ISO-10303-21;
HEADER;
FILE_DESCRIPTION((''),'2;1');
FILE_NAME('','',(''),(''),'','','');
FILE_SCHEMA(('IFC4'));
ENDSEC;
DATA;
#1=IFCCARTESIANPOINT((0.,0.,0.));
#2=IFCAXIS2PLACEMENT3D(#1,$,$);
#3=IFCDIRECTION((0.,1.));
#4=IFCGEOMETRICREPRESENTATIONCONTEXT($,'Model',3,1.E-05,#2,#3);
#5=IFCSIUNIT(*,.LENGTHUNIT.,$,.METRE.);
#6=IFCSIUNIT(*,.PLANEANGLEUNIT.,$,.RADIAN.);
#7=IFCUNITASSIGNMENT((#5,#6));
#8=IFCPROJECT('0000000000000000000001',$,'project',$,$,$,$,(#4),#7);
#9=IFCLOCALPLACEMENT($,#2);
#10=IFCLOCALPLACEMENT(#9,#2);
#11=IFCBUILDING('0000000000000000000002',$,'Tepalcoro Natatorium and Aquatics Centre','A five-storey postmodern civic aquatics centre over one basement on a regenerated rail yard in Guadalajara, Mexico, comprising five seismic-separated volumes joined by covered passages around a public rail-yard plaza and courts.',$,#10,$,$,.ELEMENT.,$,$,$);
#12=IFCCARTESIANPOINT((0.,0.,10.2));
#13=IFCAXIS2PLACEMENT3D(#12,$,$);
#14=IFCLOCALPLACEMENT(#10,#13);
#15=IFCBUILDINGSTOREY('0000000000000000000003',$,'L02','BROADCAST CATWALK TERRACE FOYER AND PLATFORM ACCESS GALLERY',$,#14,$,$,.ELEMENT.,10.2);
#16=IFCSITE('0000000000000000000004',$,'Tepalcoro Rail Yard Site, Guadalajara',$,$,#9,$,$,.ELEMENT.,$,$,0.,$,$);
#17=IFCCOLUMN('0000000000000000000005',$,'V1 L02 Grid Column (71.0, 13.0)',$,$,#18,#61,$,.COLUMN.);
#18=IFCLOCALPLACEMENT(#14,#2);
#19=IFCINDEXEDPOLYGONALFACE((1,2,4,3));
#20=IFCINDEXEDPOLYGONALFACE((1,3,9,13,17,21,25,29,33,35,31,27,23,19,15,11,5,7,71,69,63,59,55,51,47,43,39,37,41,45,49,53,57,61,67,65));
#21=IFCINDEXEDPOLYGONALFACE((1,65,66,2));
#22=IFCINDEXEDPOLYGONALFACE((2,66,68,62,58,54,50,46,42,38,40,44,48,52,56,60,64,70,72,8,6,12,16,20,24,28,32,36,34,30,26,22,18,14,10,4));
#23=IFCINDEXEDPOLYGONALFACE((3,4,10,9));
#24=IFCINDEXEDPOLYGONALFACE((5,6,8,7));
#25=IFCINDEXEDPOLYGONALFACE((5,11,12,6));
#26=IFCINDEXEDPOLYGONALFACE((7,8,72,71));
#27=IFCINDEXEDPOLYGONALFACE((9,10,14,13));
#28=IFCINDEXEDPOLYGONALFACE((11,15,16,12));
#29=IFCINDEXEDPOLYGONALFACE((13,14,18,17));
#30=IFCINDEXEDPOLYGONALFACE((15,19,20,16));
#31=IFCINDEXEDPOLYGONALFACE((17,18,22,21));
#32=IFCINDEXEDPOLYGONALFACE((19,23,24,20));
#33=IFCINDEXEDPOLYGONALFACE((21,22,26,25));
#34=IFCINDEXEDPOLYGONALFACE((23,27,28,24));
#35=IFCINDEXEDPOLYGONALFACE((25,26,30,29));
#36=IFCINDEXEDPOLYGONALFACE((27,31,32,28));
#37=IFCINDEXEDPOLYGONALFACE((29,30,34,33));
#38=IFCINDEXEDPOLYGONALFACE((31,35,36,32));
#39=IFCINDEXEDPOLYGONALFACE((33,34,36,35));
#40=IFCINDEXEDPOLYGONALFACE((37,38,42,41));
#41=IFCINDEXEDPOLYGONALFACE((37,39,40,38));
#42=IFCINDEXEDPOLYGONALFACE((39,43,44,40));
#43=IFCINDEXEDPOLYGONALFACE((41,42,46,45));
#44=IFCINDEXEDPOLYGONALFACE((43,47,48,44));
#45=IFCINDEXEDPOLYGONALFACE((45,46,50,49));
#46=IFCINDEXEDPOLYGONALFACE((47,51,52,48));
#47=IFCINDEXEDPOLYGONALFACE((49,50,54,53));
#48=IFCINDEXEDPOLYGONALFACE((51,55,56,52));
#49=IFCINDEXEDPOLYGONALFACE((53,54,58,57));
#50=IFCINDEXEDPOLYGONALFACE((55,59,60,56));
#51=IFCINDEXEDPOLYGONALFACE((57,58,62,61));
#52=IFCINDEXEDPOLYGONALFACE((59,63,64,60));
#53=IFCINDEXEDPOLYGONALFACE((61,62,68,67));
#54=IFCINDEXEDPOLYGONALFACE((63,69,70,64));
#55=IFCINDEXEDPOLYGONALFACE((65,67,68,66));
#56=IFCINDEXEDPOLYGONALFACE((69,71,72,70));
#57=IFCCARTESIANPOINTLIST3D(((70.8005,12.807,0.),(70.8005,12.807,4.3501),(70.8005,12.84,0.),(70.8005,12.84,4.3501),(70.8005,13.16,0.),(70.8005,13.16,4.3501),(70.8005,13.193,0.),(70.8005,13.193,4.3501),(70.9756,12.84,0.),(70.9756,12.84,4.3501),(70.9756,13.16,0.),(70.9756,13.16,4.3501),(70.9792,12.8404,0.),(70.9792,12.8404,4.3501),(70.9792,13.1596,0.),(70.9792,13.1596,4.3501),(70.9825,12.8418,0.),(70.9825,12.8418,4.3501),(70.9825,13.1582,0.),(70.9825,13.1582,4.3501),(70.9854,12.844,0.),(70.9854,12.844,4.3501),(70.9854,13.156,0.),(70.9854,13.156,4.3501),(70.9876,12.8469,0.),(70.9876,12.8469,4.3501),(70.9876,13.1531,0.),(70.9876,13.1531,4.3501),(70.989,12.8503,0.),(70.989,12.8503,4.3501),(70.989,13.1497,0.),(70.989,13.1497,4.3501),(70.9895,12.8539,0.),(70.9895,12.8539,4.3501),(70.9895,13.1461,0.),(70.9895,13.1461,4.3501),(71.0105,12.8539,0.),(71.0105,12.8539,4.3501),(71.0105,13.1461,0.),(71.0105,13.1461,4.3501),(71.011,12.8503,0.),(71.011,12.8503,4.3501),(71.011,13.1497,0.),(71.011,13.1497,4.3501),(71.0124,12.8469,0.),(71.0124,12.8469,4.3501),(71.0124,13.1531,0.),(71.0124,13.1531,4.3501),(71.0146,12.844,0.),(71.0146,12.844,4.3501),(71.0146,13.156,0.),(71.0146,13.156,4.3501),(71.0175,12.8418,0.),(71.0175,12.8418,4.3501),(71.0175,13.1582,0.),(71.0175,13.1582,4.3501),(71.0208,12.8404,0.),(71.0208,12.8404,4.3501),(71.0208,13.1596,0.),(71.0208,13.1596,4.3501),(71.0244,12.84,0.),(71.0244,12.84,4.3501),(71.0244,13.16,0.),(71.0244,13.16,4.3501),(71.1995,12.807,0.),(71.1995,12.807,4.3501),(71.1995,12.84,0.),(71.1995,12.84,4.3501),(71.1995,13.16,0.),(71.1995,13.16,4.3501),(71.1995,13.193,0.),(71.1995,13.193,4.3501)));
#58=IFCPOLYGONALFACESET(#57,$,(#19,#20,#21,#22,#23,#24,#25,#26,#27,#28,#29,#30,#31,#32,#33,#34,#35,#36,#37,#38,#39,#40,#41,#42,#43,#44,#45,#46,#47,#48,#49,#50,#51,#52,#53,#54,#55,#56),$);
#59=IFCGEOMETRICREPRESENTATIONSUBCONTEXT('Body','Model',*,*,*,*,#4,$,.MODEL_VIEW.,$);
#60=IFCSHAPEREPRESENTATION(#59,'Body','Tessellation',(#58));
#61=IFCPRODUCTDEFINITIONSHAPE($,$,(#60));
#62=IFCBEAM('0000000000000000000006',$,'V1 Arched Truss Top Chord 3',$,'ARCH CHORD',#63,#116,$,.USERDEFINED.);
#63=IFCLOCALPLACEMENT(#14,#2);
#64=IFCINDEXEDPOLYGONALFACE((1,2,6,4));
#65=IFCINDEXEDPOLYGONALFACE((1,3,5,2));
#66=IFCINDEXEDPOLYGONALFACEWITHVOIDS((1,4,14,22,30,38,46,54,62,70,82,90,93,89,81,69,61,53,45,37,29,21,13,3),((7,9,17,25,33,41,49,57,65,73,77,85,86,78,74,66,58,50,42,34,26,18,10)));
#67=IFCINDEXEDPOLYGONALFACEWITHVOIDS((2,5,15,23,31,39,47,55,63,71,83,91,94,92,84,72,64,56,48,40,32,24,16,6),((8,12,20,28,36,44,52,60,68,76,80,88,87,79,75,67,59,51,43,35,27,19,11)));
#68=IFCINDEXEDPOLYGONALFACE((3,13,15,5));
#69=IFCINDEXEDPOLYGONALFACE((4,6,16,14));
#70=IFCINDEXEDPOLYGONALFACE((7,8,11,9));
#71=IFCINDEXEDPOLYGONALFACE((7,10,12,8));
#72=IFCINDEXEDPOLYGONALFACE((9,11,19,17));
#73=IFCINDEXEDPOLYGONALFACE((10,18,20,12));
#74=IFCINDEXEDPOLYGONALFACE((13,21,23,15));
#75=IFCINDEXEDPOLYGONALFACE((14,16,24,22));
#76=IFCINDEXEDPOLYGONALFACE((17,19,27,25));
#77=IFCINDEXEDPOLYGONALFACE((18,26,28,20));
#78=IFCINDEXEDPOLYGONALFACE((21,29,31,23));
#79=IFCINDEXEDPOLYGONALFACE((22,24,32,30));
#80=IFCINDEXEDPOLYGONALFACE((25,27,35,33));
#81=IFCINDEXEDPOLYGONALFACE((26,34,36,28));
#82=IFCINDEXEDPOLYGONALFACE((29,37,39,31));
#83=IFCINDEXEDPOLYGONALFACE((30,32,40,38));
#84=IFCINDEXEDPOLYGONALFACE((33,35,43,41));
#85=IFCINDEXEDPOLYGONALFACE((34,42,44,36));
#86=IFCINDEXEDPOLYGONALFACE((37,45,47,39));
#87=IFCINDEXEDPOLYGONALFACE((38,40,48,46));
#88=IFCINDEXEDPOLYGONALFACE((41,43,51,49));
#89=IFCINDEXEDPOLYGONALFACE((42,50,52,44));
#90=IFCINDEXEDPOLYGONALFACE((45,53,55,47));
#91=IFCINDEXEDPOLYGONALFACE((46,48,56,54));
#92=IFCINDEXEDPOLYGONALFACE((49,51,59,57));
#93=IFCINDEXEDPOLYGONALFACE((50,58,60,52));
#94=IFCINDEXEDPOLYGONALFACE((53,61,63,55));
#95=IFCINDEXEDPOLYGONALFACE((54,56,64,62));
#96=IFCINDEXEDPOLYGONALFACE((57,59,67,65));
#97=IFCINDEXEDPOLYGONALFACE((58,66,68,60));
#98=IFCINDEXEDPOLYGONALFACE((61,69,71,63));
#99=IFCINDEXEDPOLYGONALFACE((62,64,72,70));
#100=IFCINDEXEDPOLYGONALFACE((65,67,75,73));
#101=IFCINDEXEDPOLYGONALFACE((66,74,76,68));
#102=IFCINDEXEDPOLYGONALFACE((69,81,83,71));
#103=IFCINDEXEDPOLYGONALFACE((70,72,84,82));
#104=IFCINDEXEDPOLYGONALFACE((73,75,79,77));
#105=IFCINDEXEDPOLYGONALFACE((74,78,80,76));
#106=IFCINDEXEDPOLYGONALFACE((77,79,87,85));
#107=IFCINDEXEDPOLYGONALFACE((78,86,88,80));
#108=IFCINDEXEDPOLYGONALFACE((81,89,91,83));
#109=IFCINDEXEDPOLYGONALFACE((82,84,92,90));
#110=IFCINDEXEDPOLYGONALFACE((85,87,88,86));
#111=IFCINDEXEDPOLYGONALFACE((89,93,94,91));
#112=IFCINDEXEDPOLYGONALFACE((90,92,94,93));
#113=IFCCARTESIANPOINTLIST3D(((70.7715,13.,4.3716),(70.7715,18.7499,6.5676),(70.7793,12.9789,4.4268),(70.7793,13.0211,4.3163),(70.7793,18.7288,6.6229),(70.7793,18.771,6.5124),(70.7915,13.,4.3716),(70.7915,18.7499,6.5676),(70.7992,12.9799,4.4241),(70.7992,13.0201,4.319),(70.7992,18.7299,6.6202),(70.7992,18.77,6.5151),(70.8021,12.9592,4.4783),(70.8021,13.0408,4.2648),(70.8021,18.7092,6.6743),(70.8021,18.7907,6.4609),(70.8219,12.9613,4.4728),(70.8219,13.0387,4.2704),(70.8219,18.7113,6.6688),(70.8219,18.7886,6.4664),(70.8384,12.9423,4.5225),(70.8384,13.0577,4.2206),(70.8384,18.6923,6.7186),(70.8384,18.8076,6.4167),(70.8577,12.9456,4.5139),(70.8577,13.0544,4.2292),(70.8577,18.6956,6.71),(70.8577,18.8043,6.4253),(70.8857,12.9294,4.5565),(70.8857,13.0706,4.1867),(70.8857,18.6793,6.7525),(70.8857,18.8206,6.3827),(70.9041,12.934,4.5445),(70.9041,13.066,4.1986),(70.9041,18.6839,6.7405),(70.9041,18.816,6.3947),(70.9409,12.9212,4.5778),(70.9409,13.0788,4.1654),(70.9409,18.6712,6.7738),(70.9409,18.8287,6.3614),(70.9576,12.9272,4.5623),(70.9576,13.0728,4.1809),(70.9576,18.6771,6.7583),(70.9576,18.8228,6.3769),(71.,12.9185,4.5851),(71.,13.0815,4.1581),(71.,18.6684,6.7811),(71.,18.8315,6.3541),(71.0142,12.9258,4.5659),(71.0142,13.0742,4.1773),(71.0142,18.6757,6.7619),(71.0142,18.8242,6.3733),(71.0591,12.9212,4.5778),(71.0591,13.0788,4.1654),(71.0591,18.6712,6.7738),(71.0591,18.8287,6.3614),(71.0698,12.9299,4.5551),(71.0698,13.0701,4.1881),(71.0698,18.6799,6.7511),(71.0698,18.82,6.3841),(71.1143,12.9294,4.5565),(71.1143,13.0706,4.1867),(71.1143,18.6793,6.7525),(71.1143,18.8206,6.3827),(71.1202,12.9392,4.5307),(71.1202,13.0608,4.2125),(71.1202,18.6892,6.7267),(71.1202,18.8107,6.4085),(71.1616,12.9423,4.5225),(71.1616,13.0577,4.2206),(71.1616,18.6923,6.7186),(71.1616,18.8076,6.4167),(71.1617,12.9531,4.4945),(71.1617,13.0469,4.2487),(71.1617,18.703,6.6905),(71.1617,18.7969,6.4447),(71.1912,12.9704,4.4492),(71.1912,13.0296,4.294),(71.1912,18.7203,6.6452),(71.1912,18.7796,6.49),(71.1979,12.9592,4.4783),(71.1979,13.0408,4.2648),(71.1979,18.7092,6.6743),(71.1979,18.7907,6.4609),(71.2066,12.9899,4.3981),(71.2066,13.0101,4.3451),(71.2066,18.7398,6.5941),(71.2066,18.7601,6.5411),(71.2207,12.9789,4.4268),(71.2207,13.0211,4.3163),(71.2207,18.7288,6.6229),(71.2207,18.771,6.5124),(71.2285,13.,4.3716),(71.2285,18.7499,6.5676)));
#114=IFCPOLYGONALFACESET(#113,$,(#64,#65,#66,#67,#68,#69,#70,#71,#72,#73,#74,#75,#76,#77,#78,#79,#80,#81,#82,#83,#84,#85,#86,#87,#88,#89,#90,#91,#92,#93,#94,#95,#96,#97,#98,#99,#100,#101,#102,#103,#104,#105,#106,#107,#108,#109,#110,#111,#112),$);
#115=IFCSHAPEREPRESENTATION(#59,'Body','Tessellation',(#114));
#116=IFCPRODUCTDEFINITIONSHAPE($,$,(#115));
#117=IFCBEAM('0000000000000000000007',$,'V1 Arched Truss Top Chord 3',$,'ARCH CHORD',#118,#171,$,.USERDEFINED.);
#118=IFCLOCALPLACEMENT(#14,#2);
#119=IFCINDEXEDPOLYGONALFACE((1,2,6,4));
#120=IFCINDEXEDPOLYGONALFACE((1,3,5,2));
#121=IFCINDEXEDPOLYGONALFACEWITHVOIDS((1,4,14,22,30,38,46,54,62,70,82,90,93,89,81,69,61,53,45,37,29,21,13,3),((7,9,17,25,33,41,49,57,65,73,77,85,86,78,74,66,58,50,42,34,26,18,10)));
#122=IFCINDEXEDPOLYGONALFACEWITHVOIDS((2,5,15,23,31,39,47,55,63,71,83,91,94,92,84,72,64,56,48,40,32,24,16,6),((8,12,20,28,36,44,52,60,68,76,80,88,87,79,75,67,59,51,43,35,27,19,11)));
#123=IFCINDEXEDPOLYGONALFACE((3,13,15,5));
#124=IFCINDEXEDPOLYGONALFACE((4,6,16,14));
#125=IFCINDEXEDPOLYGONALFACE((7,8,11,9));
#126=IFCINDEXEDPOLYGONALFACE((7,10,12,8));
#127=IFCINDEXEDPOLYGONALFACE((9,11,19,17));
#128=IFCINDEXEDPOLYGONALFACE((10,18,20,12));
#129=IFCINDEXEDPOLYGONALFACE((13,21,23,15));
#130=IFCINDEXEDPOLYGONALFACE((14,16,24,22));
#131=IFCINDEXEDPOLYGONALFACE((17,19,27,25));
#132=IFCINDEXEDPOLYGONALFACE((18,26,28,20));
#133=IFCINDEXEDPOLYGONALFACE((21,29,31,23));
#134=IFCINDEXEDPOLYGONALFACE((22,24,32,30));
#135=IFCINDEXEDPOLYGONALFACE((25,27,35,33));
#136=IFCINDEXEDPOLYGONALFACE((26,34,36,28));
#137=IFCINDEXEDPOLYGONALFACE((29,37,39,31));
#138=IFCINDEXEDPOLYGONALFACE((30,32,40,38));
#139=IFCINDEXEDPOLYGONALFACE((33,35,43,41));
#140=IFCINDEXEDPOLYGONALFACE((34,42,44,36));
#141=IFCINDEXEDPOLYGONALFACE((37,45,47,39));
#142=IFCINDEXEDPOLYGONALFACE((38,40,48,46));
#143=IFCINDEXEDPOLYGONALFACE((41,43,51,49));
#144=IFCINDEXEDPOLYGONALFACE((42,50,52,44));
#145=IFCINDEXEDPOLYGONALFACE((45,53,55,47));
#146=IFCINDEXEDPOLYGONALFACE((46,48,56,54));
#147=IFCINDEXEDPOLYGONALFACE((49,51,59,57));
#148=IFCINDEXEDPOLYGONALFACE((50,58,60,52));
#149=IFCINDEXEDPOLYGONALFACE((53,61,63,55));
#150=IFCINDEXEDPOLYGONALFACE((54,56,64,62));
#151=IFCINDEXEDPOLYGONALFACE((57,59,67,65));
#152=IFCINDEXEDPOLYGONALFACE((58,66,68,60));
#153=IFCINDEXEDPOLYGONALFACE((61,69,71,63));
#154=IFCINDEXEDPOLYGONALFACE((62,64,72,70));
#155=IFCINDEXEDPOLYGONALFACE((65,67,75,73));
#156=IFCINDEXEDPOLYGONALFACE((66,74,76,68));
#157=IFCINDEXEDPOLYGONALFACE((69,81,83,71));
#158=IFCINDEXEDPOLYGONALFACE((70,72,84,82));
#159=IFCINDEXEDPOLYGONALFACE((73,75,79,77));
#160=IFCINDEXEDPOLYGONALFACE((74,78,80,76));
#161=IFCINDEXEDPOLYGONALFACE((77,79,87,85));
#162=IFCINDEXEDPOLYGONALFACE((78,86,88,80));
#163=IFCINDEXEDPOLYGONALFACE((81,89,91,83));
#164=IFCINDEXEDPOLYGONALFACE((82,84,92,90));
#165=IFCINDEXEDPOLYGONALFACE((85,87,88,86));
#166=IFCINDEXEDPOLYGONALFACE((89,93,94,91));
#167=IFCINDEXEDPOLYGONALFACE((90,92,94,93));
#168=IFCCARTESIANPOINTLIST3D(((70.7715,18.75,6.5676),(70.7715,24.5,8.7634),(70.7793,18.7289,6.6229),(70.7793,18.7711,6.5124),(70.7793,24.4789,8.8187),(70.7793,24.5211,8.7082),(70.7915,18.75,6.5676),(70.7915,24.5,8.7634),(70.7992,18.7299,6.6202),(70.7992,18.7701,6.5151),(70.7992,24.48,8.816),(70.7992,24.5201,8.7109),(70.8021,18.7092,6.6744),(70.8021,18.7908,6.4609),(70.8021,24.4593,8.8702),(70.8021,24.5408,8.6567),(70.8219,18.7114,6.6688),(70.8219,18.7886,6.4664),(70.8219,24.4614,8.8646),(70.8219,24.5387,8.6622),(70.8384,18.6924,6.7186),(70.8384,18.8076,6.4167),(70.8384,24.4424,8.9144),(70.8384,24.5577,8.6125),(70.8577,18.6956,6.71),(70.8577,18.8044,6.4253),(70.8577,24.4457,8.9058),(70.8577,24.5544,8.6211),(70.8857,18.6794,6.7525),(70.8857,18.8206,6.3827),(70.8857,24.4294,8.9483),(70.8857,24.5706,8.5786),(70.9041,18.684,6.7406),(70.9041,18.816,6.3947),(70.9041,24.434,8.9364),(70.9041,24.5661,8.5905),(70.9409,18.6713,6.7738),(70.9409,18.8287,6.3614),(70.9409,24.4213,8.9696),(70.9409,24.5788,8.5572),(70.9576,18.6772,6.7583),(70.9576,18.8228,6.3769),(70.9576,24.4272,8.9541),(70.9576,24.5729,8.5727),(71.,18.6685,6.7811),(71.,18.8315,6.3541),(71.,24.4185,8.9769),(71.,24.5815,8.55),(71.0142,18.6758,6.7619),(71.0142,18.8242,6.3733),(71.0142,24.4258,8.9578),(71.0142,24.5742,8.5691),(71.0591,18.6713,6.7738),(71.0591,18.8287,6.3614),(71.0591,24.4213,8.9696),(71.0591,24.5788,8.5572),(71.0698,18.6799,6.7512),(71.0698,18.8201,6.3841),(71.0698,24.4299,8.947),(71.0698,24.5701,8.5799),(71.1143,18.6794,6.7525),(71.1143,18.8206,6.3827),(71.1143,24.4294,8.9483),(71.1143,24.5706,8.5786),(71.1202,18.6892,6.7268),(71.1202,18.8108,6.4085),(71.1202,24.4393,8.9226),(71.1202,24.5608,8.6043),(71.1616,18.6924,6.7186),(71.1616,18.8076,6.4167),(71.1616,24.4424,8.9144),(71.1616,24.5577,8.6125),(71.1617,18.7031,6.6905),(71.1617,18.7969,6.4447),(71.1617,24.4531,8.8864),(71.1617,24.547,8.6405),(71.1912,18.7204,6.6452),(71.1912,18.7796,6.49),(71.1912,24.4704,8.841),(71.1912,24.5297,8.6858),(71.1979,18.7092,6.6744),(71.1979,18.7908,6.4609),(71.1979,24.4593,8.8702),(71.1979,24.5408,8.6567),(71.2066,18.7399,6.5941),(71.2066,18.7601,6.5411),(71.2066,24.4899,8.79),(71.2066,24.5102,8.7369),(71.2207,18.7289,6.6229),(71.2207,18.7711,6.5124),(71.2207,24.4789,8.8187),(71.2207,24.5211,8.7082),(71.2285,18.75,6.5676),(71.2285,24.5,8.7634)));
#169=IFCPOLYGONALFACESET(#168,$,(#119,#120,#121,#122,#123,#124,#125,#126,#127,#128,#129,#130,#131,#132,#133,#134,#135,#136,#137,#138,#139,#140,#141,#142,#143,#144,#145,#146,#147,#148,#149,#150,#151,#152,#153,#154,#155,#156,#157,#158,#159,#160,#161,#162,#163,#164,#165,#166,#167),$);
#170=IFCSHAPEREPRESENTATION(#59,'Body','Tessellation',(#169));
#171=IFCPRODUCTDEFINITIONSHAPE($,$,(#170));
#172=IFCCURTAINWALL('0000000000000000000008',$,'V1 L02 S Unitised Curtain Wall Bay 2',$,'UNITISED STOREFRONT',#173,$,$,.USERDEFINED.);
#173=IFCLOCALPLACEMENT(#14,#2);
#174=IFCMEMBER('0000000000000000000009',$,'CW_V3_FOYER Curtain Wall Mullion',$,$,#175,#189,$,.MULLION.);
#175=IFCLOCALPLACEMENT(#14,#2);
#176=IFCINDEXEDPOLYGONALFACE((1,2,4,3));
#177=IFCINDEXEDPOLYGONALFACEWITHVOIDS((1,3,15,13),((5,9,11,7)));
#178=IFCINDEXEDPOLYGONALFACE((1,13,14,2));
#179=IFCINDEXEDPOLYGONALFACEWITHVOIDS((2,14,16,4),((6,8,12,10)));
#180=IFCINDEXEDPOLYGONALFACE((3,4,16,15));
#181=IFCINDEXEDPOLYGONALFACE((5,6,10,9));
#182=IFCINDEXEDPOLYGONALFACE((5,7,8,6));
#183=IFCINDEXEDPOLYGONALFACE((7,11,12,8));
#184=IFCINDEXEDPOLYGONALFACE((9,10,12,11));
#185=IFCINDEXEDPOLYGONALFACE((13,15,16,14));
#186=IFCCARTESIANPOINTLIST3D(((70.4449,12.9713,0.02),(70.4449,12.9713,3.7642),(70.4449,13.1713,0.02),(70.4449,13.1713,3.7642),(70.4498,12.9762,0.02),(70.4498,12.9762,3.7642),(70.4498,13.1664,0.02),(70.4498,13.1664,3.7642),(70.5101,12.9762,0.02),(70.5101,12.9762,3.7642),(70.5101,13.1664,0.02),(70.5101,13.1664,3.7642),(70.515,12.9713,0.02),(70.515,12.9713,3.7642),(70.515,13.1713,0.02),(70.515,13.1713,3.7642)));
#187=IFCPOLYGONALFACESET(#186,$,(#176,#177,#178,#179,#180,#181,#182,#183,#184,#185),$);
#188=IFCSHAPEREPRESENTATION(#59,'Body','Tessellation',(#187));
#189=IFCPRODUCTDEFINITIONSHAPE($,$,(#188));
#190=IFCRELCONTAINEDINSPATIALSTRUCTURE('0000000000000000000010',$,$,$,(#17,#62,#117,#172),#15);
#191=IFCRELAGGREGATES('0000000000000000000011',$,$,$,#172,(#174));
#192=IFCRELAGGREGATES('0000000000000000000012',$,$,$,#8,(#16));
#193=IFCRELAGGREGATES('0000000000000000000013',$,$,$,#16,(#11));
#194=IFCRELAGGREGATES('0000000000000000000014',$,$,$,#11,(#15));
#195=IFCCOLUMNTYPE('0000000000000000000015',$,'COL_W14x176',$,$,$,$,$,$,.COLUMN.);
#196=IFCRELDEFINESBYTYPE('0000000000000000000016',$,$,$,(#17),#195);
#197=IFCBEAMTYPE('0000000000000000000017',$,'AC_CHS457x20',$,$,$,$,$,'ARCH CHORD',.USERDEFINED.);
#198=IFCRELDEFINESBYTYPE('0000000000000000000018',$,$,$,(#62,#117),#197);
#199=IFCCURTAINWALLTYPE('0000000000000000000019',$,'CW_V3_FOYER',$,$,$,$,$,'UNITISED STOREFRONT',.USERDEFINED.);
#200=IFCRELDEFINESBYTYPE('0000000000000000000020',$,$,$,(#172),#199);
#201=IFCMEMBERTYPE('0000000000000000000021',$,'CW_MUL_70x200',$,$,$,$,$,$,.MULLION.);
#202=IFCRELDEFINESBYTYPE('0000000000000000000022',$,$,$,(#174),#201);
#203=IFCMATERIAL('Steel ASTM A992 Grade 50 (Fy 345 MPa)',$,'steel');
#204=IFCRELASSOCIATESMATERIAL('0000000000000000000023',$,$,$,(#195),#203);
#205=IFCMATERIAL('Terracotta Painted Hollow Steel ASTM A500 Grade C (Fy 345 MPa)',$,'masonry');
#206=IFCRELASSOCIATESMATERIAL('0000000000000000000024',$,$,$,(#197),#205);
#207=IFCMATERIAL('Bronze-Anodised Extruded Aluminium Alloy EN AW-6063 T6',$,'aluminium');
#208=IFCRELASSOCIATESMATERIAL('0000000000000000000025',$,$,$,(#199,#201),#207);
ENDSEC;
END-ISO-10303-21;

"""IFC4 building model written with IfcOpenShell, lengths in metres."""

from ifc_helpers import new_model, si_unit, direction, frame, origin, origin_2d, place, context, subcontext, project, spatial, hollow_rectangle, hollow_circle, i_section, extrude, material, material_profile, profile_set, type_object, element, aggregate, save


model = new_model("IFC4")

# Units and contexts
model_context = context("Model", 3, precision=1e-05, world=origin(), true_north=direction((0.0, 1.0)))
body_context = subcontext(model_context, "Body", "Model", "MODEL_VIEW")
ifc_project = project(units=[si_unit("LENGTHUNIT", "METRE"), si_unit("PLANEANGLEUNIT", "RADIAN")], contexts=[model_context])

# Site, building, storey
site_placement = place(None, origin())
site = spatial("IfcSite", under=ifc_project, at=site_placement, Name="Tepalcoro Rail Yard Site, Guadalajara", CompositionType="ELEMENT", RefElevation=0.0)
building_placement = place(site_placement, origin())
building = spatial("IfcBuilding", under=site, at=building_placement, Name="Tepalcoro Natatorium and Aquatics Centre", Description="A five-storey postmodern civic aquatics centre over one basement on a regenerated rail yard in Guadalajara, Mexico, comprising five seismic-separated volumes joined by covered passages around a public rail-yard plaza and courts.", CompositionType="ELEMENT")
storey_placement = place(building_placement, frame((0.0, 0.0, 10.2)))
storey = spatial("IfcBuildingStorey", under=building, at=storey_placement, Name="L02", Description="BROADCAST CATWALK TERRACE FOYER AND PLATFORM ACCESS GALLERY", CompositionType="ELEMENT", Elevation=10.2)

# Column
ifc_material_1 = material(Name="Steel ASTM A992 Grade 50 (Fy 345 MPa)", Category="steel")
ifc_material_profile_1 = material_profile(ifc_material_1, i_section(OverallWidth=0.3989, OverallDepth=0.386, WebThickness=0.021, FlangeThickness=0.033, FilletRadius=0.0139, at=origin_2d()), Name="W14X176")
ifc_profile_set_1 = profile_set([ifc_material_profile_1], Name="Steel ASTM A992 Grade 50 (Fy 345 MPa)")
column_type = type_object("IfcColumnType", Name="COL_W14x176", PredefinedType="COLUMN", material=ifc_profile_set_1)
column_placement = place(storey_placement, frame((71.0, 13.0, 0.0), z_axis=(0.0, 0.0, 1.0), x_axis=(1.0, 0.0, 0.0)))
element("IfcColumn", 1, at=column_placement, inside=storey, type_object=column_type, Name="V1 L02 Grid Column (71.0, 13.0)", PredefinedType="COLUMN", context=body_context, shape_type="SweptSolid", body=[
    extrude(i_section(OverallWidth=0.3989, OverallDepth=0.386, WebThickness=0.021, FlangeThickness=0.033, FilletRadius=0.0139, at=origin_2d()), origin(), (0.0, 0.0, 1.0), 4.3501),
])

# Beams
ifc_material_2 = material(Name="Terracotta Painted Hollow Steel ASTM A500 Grade C (Fy 345 MPa)", Category="masonry")
ifc_material_profile_2 = material_profile(ifc_material_2, hollow_circle(Radius=0.2285, WallThickness=0.02, at=origin_2d()), Name="CHS457X20")
ifc_profile_set_2 = profile_set([ifc_material_profile_2], Name="Terracotta Painted Hollow Steel ASTM A500 Grade C (Fy 345 MPa)")
beam_type_1 = type_object("IfcBeamType", Name="AC_CHS457x20", ElementType="ARCH CHORD", PredefinedType="USERDEFINED", material=ifc_profile_set_2)
for number, where, z_axis, x_axis, name in (
    (2, (71.0, 13.0, 4.3716), (0.0, 0.934186, 0.356785), (-1.0, 0.0, 0.0), "V1 Arched Truss Top Chord 3"),
    (3, (71.0, 18.75, 6.5676), (0.0, 0.9342, 0.356751), (-1.0, 0.0, 0.0), "V1 Arched Truss Top Chord 3"),
):
    element("IfcBeam", number, at=place(storey_placement, frame(where, z_axis=z_axis, x_axis=x_axis)), inside=storey, type_object=beam_type_1, Name=name, ObjectType="ARCH CHORD", PredefinedType="USERDEFINED", context=body_context, shape_type="SweptSolid", body=[
        extrude(hollow_circle(Radius=0.2285, WallThickness=0.02, at=origin_2d()), origin(), (0.0, 0.0, 1.0), 6.155),
    ])

# Curtain wall, member
ifc_material_3 = material(Name="Bronze-Anodised Extruded Aluminium Alloy EN AW-6063 T6", Category="aluminium")
curtain_wall_type_1 = type_object("IfcCurtainWallType", Name="CW_V3_FOYER", ElementType="UNITISED STOREFRONT", PredefinedType="USERDEFINED", material=ifc_material_3)
curtain_wall_1_placement = place(storey_placement, origin())
curtain_wall_1 = element("IfcCurtainWall", 4, at=curtain_wall_1_placement, inside=storey, type_object=curtain_wall_type_1, Name="V1 L02 S Unitised Curtain Wall Bay 2", ObjectType="UNITISED STOREFRONT", PredefinedType="USERDEFINED")
ifc_material_profile_3 = material_profile(ifc_material_3, hollow_rectangle(XDim=0.0701, YDim=0.2, WallThickness=0.0049, at=origin_2d()), Name="AL70X200X5")
ifc_profile_set_3 = profile_set([ifc_material_profile_3], Name="Bronze-Anodised Extruded Aluminium Alloy EN AW-6063 T6")
member_type_1 = type_object("IfcMemberType", Name="CW_MUL_70x200", PredefinedType="MULLION", material=ifc_profile_set_3)
member_1_placement = place(storey_placement, frame((70.48, 13.0713, 0.02), z_axis=(0.0, 0.0, 1.0), x_axis=(1.0, 0.0, 0.0)))
member_1 = element("IfcMember", 5, at=member_1_placement, type_object=member_type_1, Name="CW_V3_FOYER Curtain Wall Mullion", PredefinedType="MULLION", context=body_context, shape_type="SweptSolid", body=[
    extrude(hollow_rectangle(XDim=0.0701, YDim=0.2, WallThickness=0.0049, at=origin_2d()), origin(), (0.0, 0.0, 1.0), 3.7441),
])

aggregate(curtain_wall_1, [member_1])

save(model, "model.ifc")
